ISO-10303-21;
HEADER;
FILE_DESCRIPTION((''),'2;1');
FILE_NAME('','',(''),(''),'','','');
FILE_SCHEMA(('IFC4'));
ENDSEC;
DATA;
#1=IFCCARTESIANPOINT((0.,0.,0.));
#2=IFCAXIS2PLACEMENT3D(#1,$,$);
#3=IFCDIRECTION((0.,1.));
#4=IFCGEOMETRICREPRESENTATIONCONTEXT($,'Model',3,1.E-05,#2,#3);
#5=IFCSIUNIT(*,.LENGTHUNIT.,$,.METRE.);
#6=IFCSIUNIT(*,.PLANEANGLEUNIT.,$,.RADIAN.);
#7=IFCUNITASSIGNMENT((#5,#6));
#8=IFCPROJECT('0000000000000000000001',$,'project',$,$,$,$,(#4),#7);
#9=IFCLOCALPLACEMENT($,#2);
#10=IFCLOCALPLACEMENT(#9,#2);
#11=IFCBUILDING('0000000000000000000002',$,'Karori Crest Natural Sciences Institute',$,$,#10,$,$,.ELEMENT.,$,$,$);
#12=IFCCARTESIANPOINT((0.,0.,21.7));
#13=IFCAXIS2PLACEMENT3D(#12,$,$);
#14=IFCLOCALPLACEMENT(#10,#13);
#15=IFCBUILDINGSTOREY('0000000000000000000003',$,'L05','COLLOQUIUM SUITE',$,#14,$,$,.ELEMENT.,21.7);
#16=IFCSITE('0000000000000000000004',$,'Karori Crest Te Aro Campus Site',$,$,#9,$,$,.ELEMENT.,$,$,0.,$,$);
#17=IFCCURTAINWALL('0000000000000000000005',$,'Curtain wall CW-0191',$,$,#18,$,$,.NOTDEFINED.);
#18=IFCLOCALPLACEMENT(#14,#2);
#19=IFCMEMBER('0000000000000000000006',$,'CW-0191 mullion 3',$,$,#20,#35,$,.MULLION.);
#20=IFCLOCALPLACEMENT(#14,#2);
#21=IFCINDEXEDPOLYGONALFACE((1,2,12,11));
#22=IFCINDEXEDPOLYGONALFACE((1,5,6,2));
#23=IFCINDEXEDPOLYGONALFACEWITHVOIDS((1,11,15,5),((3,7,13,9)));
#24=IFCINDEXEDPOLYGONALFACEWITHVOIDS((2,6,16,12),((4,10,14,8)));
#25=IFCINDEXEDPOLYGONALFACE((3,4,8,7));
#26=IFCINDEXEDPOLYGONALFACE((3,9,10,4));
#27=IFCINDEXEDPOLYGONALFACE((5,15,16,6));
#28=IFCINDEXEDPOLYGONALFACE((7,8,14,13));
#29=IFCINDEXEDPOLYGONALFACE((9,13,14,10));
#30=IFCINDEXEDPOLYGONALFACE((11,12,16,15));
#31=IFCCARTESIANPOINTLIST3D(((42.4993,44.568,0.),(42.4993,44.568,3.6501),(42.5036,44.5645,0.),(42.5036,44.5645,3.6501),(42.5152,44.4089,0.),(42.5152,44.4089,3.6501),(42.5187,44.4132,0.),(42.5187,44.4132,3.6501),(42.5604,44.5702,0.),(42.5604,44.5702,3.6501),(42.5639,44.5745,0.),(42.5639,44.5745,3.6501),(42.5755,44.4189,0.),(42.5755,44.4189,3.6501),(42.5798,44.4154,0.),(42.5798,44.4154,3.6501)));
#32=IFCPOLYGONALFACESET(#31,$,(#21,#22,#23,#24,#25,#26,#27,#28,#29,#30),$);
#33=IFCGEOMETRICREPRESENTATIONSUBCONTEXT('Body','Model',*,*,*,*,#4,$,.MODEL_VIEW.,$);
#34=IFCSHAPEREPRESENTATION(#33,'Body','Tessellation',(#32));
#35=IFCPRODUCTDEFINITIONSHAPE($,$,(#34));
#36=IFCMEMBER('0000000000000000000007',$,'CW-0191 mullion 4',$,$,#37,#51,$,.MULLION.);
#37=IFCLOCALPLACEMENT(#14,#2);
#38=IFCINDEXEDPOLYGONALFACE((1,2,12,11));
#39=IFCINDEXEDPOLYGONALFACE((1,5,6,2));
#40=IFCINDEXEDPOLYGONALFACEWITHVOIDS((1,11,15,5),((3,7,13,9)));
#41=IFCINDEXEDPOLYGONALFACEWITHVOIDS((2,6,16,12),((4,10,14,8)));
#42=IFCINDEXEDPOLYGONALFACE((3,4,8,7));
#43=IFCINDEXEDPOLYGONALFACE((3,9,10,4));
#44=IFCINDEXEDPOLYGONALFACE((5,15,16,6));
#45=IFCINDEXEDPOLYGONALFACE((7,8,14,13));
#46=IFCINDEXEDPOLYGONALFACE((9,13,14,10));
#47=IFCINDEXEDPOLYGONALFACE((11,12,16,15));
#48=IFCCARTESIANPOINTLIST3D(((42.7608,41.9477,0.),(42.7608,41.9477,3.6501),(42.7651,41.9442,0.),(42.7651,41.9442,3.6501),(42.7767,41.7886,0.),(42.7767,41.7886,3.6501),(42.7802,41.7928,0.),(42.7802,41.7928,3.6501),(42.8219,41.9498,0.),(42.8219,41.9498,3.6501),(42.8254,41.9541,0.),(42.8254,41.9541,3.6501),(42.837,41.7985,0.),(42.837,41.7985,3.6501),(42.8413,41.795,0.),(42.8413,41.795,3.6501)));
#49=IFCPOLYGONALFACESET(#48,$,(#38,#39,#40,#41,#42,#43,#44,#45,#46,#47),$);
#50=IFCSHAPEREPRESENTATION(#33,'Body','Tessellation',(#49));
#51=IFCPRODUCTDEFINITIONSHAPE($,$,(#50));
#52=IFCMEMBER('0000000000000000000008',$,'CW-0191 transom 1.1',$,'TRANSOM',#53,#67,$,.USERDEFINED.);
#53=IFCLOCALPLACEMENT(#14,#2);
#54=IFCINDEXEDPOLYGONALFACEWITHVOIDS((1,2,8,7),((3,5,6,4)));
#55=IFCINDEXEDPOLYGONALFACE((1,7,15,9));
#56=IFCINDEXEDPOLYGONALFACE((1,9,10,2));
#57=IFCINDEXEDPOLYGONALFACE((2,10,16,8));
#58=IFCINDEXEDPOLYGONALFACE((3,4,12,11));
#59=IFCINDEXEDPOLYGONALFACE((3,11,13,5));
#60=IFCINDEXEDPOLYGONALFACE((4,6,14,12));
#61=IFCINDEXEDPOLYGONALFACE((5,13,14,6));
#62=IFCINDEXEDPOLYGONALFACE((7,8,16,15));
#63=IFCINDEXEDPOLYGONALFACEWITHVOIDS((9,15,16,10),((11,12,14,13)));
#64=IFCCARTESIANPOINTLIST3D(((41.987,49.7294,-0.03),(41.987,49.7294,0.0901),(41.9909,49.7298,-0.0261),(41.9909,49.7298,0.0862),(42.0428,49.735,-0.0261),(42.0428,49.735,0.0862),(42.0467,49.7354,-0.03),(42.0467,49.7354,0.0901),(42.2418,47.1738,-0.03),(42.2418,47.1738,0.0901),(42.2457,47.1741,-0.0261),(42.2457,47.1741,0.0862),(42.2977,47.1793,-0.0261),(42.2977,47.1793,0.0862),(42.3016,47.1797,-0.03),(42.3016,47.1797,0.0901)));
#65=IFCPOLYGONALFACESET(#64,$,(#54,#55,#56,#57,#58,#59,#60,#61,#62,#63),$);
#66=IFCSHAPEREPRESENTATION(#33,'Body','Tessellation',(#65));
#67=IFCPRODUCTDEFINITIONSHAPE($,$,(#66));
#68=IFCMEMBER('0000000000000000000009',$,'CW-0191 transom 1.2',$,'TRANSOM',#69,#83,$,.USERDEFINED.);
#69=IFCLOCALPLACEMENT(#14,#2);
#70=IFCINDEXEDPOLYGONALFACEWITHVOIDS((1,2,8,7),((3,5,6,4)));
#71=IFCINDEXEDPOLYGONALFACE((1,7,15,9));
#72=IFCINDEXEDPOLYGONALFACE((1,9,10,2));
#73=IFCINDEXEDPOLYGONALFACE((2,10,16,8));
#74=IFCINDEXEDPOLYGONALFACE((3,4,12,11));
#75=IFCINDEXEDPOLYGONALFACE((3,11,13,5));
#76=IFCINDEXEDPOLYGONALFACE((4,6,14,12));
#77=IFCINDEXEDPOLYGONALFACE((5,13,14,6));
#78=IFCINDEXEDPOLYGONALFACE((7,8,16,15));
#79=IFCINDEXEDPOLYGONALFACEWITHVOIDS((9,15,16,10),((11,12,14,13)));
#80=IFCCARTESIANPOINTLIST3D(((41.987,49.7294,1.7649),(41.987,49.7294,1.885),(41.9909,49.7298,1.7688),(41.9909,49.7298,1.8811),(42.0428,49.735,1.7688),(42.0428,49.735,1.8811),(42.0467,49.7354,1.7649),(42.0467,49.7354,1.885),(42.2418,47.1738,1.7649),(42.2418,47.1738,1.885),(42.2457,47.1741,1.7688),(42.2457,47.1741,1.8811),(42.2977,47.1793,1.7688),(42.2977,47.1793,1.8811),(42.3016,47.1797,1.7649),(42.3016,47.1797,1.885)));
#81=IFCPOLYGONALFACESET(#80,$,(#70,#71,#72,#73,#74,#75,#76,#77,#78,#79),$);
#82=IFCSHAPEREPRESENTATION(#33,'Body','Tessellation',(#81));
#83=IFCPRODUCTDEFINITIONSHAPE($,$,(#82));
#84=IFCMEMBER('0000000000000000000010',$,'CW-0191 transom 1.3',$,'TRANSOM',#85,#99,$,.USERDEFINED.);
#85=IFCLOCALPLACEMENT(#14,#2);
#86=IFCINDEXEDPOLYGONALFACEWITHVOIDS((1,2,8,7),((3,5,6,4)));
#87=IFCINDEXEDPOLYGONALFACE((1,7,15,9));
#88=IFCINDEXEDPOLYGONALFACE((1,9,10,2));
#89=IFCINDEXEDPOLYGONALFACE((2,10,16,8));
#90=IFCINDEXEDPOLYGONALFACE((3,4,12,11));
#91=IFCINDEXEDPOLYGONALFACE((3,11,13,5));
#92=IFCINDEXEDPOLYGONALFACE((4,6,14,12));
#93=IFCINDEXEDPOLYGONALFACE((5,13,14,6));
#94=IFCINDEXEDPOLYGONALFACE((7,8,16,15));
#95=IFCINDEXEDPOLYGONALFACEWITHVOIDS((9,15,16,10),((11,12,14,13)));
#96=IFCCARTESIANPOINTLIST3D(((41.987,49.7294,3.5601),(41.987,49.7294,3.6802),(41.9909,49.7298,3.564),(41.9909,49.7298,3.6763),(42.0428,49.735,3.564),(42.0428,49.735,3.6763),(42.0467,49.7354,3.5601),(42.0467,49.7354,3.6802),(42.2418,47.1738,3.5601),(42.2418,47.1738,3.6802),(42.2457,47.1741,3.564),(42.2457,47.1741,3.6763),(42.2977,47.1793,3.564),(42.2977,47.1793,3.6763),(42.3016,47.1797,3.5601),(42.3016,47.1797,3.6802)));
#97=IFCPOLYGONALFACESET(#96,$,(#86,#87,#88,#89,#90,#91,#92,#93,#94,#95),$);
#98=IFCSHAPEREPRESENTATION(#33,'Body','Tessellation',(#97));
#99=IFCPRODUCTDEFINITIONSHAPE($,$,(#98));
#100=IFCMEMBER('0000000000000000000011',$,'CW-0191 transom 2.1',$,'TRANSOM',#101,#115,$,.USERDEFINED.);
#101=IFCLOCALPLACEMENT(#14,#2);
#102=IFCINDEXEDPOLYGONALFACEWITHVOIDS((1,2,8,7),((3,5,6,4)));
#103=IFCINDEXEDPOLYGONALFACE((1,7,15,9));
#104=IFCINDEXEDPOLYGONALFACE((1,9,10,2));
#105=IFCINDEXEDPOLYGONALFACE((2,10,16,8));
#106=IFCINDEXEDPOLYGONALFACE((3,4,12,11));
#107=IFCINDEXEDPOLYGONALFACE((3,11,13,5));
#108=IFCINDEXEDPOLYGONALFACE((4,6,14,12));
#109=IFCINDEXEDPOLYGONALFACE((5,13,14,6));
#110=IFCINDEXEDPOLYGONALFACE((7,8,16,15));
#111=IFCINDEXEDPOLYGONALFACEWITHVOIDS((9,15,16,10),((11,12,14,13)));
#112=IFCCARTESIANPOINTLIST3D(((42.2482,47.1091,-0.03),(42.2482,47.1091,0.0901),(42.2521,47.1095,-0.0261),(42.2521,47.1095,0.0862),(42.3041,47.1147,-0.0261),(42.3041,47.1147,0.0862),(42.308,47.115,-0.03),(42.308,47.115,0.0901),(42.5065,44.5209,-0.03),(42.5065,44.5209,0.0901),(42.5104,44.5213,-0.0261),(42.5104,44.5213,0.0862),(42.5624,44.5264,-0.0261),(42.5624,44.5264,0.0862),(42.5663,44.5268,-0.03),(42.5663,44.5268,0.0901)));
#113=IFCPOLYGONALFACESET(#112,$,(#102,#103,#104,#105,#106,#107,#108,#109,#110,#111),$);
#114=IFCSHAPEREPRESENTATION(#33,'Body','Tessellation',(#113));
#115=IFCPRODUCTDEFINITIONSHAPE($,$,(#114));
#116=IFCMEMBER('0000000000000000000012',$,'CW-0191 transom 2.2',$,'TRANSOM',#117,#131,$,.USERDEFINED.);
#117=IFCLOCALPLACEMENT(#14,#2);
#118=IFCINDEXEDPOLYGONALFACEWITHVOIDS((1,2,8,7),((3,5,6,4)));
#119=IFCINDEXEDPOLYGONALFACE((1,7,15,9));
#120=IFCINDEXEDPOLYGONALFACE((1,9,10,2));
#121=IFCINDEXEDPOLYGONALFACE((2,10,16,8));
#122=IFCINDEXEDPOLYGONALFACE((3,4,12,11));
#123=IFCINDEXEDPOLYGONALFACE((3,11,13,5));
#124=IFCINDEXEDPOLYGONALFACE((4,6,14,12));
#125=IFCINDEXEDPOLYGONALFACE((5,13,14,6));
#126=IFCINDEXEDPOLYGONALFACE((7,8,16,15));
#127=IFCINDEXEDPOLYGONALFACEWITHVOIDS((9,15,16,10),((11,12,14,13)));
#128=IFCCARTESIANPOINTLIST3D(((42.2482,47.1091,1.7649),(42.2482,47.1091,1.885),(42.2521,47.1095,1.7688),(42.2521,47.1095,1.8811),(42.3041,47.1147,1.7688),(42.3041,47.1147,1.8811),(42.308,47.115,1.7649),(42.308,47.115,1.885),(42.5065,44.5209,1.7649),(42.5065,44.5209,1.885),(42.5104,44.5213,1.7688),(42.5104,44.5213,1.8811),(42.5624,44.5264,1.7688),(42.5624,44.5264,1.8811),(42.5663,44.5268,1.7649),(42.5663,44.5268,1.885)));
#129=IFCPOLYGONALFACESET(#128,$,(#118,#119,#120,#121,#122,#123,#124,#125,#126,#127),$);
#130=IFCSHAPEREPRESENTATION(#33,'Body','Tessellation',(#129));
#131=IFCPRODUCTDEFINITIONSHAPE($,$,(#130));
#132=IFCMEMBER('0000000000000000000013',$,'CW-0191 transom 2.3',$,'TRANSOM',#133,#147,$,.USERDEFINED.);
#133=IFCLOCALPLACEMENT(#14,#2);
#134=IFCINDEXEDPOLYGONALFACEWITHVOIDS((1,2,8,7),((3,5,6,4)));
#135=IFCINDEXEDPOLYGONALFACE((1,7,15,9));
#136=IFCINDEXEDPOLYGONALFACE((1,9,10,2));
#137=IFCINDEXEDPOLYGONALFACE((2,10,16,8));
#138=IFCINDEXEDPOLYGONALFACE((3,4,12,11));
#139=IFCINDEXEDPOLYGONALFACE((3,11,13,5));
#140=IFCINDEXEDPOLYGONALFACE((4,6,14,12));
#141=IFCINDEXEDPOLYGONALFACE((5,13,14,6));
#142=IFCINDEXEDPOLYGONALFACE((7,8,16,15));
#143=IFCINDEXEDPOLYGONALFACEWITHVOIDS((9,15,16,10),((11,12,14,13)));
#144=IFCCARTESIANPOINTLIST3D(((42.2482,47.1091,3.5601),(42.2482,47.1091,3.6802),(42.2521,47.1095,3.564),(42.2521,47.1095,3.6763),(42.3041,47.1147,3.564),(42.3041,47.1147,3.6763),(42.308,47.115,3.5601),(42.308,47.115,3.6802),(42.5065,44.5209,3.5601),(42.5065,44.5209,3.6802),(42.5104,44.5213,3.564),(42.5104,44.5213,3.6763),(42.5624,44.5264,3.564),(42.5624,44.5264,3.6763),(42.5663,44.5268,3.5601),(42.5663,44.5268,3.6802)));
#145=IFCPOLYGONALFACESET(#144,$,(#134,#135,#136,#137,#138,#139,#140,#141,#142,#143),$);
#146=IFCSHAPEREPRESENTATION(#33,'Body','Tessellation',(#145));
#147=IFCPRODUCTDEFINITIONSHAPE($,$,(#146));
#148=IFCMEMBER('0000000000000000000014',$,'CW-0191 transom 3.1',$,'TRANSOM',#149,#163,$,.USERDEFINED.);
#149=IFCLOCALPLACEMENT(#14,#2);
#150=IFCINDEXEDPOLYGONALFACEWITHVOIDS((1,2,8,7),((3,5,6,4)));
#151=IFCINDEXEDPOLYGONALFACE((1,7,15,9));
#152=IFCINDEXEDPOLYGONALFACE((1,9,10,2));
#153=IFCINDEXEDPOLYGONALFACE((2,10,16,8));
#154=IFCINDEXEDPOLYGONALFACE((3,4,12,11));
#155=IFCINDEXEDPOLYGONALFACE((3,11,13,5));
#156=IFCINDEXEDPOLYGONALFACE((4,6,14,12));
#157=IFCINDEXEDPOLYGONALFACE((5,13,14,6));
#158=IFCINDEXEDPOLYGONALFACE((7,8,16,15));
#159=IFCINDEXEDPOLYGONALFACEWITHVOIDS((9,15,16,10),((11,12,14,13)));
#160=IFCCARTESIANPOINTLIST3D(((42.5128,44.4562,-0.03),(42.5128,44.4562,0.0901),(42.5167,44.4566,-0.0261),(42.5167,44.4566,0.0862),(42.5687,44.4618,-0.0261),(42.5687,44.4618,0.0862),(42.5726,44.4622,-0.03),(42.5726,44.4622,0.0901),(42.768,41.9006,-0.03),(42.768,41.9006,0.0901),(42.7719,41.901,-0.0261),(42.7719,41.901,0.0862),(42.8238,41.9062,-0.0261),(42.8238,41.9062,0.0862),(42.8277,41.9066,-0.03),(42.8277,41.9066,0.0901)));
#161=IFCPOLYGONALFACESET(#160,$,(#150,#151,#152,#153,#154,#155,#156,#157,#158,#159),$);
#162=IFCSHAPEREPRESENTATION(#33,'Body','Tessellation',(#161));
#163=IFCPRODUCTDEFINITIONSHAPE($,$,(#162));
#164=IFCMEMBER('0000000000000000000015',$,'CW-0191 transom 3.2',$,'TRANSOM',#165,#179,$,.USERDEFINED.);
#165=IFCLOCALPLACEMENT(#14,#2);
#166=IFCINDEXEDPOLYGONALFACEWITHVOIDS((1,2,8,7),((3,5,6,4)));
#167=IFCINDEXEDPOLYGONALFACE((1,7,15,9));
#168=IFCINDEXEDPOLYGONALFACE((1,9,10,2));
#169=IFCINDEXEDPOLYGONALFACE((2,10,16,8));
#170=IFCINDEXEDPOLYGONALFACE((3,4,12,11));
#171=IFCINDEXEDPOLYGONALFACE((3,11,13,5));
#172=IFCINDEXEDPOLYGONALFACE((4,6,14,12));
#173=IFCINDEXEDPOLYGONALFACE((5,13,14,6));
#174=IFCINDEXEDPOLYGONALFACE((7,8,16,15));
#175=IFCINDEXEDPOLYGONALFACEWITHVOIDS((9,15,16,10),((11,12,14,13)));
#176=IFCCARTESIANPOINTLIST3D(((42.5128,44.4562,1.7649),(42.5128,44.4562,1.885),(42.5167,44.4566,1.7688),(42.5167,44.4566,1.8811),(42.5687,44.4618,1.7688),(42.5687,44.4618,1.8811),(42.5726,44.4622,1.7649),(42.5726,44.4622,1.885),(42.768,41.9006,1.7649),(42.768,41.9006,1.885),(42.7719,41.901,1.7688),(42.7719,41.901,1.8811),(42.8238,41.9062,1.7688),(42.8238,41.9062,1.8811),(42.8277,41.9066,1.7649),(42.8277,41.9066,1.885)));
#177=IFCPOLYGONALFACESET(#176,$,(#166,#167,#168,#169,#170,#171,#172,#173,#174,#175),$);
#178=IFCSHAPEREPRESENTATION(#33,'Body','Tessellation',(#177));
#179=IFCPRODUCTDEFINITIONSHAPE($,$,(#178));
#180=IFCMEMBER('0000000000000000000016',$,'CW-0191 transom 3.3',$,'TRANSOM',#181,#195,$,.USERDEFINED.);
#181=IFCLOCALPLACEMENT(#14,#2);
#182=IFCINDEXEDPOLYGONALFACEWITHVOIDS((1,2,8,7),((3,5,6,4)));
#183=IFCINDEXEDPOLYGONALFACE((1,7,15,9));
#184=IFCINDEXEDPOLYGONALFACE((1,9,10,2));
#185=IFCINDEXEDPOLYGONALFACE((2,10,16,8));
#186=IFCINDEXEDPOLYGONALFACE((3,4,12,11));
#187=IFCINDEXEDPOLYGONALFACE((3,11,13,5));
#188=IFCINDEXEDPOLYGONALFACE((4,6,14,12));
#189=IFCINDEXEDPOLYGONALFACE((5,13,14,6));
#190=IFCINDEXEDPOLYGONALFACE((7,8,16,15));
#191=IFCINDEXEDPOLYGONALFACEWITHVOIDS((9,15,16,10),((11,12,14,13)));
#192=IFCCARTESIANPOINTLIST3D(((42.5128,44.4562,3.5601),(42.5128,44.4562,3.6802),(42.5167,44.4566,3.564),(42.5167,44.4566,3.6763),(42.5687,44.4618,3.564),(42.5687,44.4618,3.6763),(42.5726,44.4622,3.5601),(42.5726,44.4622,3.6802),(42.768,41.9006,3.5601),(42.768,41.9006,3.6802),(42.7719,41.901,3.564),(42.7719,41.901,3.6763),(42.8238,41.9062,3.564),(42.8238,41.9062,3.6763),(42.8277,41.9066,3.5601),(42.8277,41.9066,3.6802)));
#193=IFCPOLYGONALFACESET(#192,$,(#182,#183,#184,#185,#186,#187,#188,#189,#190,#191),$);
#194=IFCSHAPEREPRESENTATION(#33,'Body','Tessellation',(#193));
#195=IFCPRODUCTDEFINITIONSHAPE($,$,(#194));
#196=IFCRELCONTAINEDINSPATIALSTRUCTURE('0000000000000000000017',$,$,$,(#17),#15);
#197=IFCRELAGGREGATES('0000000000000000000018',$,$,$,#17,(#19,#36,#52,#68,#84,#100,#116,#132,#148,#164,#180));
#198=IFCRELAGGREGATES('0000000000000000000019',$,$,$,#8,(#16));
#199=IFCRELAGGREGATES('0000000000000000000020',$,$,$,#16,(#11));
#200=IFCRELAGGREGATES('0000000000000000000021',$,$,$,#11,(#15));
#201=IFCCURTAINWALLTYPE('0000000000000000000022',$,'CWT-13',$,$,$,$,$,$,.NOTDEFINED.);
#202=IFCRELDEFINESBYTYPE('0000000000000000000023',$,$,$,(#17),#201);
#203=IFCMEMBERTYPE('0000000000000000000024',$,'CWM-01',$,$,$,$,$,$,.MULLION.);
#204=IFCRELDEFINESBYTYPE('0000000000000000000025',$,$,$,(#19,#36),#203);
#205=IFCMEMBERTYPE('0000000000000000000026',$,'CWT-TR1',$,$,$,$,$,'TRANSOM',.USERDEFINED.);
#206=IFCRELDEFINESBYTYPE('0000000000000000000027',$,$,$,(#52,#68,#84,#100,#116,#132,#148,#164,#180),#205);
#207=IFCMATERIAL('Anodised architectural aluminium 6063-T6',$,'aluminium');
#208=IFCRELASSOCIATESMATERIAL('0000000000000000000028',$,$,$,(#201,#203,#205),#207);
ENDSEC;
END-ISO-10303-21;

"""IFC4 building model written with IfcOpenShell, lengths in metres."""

from ifc_helpers import new_model, si_unit, direction, frame, origin, origin_2d, place, context, subcontext, project, spatial, hollow_rectangle, extrude, material, material_profile, profile_set, type_object, element, aggregate, save


model = new_model("IFC4")

# Units and contexts
model_context = context("Model", 3, precision=1e-05, world=origin(), true_north=direction((0.0, 1.0)))
body_context = subcontext(model_context, "Body", "Model", "MODEL_VIEW")
ifc_project = project(units=[si_unit("LENGTHUNIT", "METRE"), si_unit("PLANEANGLEUNIT", "RADIAN")], contexts=[model_context])

# Site, building, storey
site_placement = place(None, origin())
site = spatial("IfcSite", under=ifc_project, at=site_placement, Name="Karori Crest Te Aro Campus Site", CompositionType="ELEMENT", RefElevation=0.0)
building_placement = place(site_placement, origin())
building = spatial("IfcBuilding", under=site, at=building_placement, Name="Karori Crest Natural Sciences Institute", CompositionType="ELEMENT")
storey_placement = place(building_placement, frame((0.0, 0.0, 21.7)))
storey = spatial("IfcBuildingStorey", under=building, at=storey_placement, Name="L05", Description="COLLOQUIUM SUITE", CompositionType="ELEMENT", Elevation=21.7)

# Curtain wall, members
ifc_material_1 = material(Name="Anodised architectural aluminium 6063-T6", Category="aluminium")
curtain_wall_type = type_object("IfcCurtainWallType", Name="CWT-13", PredefinedType="NOTDEFINED", material=ifc_material_1)
curtain_wall_placement = place(storey_placement, origin())
curtain_wall = element("IfcCurtainWall", 1, at=curtain_wall_placement, inside=storey, type_object=curtain_wall_type, Name="Curtain wall CW-0191", PredefinedType="NOTDEFINED")
ifc_material_profile_1 = material_profile(ifc_material_1, hollow_rectangle(XDim=0.0649, YDim=0.1599, WallThickness=0.0039, at=origin_2d()), Name="CWM160x65x4")
ifc_profile_set_1 = profile_set([ifc_material_profile_1], Name="Anodised architectural aluminium 6063-T6")
member_type_1 = type_object("IfcMemberType", Name="CWM-01", PredefinedType="MULLION", material=ifc_profile_set_1)
member_1_placement = place(storey_placement, frame((42.5396, 44.4917, 0.0), z_axis=(0.0, 0.0, 1.0), x_axis=(0.995061, 0.099268, 0.0)))
member_1 = element("IfcMember", 2, at=member_1_placement, type_object=member_type_1, Name="CW-0191 mullion 3", PredefinedType="MULLION", context=body_context, shape_type="SweptSolid", body=[
    extrude(hollow_rectangle(XDim=0.0649, YDim=0.1599, WallThickness=0.0039, at=origin_2d()), origin(), (0.0, 0.0, 1.0), 3.6501),
])
member_2_placement = place(storey_placement, frame((42.801, 41.8713, 0.0), z_axis=(0.0, 0.0, 1.0), x_axis=(0.995061, 0.099268, 0.0)))
member_2 = element("IfcMember", 3, at=member_2_placement, type_object=member_type_1, Name="CW-0191 mullion 4", PredefinedType="MULLION", context=body_context, shape_type="SweptSolid", body=[
    extrude(hollow_rectangle(XDim=0.0649, YDim=0.1599, WallThickness=0.0039, at=origin_2d()), origin(), (0.0, 0.0, 1.0), 3.6501),
])
ifc_material_profile_2 = material_profile(ifc_material_1, hollow_rectangle(XDim=0.0601, YDim=0.1201, WallThickness=0.0039, at=origin_2d()), Name="CWT120x60x4")
ifc_profile_set_2 = profile_set([ifc_material_profile_2], Name="Anodised architectural aluminium 6063-T6")
member_type_2 = type_object("IfcMemberType", Name="CWT-TR1", ElementType="TRANSOM", PredefinedType="USERDEFINED", material=ifc_profile_set_2)
member_3_placement = place(storey_placement, frame((42.0168, 49.7324, 0.03), z_axis=(0.09924, -0.995064, 0.0), x_axis=(0.995064, 0.09924, 0.0)))
member_3 = element("IfcMember", 4, at=member_3_placement, type_object=member_type_2, Name="CW-0191 transom 1.1", ObjectType="TRANSOM", PredefinedType="USERDEFINED", context=body_context, shape_type="SweptSolid", body=[
    extrude(hollow_rectangle(XDim=0.0601, YDim=0.1201, WallThickness=0.0039, at=origin_2d()), origin(), (0.0, 0.0, 1.0), 2.5684),
])
member_4_placement = place(storey_placement, frame((42.0168, 49.7324, 1.825), z_axis=(0.09924, -0.995064, 0.0), x_axis=(0.995064, 0.09924, 0.0)))
member_4 = element("IfcMember", 5, at=member_4_placement, type_object=member_type_2, Name="CW-0191 transom 1.2", ObjectType="TRANSOM", PredefinedType="USERDEFINED", context=body_context, shape_type="SweptSolid", body=[
    extrude(hollow_rectangle(XDim=0.0601, YDim=0.1201, WallThickness=0.0039, at=origin_2d()), origin(), (0.0, 0.0, 1.0), 2.5684),
])
member_5_placement = place(storey_placement, frame((42.0168, 49.7324, 3.6201), z_axis=(0.09924, -0.995064, 0.0), x_axis=(0.995064, 0.09924, 0.0)))
member_5 = element("IfcMember", 6, at=member_5_placement, type_object=member_type_2, Name="CW-0191 transom 1.3", ObjectType="TRANSOM", PredefinedType="USERDEFINED", context=body_context, shape_type="SweptSolid", body=[
    extrude(hollow_rectangle(XDim=0.0601, YDim=0.1201, WallThickness=0.0039, at=origin_2d()), origin(), (0.0, 0.0, 1.0), 2.5684),
])
member_6_placement = place(storey_placement, frame((42.2781, 47.1121, 0.03), z_axis=(0.099309, -0.995057, 0.0), x_axis=(0.995057, 0.099309, 0.0)))
member_6 = element("IfcMember", 7, at=member_6_placement, type_object=member_type_2, Name="CW-0191 transom 2.1", ObjectType="TRANSOM", PredefinedType="USERDEFINED", context=body_context, shape_type="SweptSolid", body=[
    extrude(hollow_rectangle(XDim=0.0601, YDim=0.1201, WallThickness=0.0039, at=origin_2d()), origin(), (0.0, 0.0, 1.0), 2.6011),
])
member_7_placement = place(storey_placement, frame((42.2781, 47.1121, 1.825), z_axis=(0.099309, -0.995057, 0.0), x_axis=(0.995057, 0.099309, 0.0)))
member_7 = element("IfcMember", 8, at=member_7_placement, type_object=member_type_2, Name="CW-0191 transom 2.2", ObjectType="TRANSOM", PredefinedType="USERDEFINED", context=body_context, shape_type="SweptSolid", body=[
    extrude(hollow_rectangle(XDim=0.0601, YDim=0.1201, WallThickness=0.0039, at=origin_2d()), origin(), (0.0, 0.0, 1.0), 2.6011),
])
member_8_placement = place(storey_placement, frame((42.2781, 47.1121, 3.6201), z_axis=(0.099309, -0.995057, 0.0), x_axis=(0.995057, 0.099309, 0.0)))
member_8 = element("IfcMember", 9, at=member_8_placement, type_object=member_type_2, Name="CW-0191 transom 2.3", ObjectType="TRANSOM", PredefinedType="USERDEFINED", context=body_context, shape_type="SweptSolid", body=[
    extrude(hollow_rectangle(XDim=0.0601, YDim=0.1201, WallThickness=0.0039, at=origin_2d()), origin(), (0.0, 0.0, 1.0), 2.6011),
])
member_9_placement = place(storey_placement, frame((42.5427, 44.4592, 0.03), z_axis=(0.099334, -0.995054, 0.0), x_axis=(0.995054, 0.099334, 0.0)))
member_9 = element("IfcMember", 10, at=member_9_placement, type_object=member_type_2, Name="CW-0191 transom 3.1", ObjectType="TRANSOM", PredefinedType="USERDEFINED", context=body_context, shape_type="SweptSolid", body=[
    extrude(hollow_rectangle(XDim=0.0601, YDim=0.1201, WallThickness=0.0039, at=origin_2d()), origin(), (0.0, 0.0, 1.0), 2.5684),
])
member_10_placement = place(storey_placement, frame((42.5427, 44.4592, 1.825), z_axis=(0.099334, -0.995054, 0.0), x_axis=(0.995054, 0.099334, 0.0)))
member_10 = element("IfcMember", 11, at=member_10_placement, type_object=member_type_2, Name="CW-0191 transom 3.2", ObjectType="TRANSOM", PredefinedType="USERDEFINED", context=body_context, shape_type="SweptSolid", body=[
    extrude(hollow_rectangle(XDim=0.0601, YDim=0.1201, WallThickness=0.0039, at=origin_2d()), origin(), (0.0, 0.0, 1.0), 2.5684),
])
member_11_placement = place(storey_placement, frame((42.5427, 44.4592, 3.6201), z_axis=(0.099334, -0.995054, 0.0), x_axis=(0.995054, 0.099334, 0.0)))
member_11 = element("IfcMember", 12, at=member_11_placement, type_object=member_type_2, Name="CW-0191 transom 3.3", ObjectType="TRANSOM", PredefinedType="USERDEFINED", context=body_context, shape_type="SweptSolid", body=[
    extrude(hollow_rectangle(XDim=0.0601, YDim=0.1201, WallThickness=0.0039, at=origin_2d()), origin(), (0.0, 0.0, 1.0), 2.5684),
])
aggregate(curtain_wall, [member_1, member_2, member_3, member_4, member_5, member_6, member_7, member_8, member_9, member_10, member_11])

save(model, "model.ifc")
